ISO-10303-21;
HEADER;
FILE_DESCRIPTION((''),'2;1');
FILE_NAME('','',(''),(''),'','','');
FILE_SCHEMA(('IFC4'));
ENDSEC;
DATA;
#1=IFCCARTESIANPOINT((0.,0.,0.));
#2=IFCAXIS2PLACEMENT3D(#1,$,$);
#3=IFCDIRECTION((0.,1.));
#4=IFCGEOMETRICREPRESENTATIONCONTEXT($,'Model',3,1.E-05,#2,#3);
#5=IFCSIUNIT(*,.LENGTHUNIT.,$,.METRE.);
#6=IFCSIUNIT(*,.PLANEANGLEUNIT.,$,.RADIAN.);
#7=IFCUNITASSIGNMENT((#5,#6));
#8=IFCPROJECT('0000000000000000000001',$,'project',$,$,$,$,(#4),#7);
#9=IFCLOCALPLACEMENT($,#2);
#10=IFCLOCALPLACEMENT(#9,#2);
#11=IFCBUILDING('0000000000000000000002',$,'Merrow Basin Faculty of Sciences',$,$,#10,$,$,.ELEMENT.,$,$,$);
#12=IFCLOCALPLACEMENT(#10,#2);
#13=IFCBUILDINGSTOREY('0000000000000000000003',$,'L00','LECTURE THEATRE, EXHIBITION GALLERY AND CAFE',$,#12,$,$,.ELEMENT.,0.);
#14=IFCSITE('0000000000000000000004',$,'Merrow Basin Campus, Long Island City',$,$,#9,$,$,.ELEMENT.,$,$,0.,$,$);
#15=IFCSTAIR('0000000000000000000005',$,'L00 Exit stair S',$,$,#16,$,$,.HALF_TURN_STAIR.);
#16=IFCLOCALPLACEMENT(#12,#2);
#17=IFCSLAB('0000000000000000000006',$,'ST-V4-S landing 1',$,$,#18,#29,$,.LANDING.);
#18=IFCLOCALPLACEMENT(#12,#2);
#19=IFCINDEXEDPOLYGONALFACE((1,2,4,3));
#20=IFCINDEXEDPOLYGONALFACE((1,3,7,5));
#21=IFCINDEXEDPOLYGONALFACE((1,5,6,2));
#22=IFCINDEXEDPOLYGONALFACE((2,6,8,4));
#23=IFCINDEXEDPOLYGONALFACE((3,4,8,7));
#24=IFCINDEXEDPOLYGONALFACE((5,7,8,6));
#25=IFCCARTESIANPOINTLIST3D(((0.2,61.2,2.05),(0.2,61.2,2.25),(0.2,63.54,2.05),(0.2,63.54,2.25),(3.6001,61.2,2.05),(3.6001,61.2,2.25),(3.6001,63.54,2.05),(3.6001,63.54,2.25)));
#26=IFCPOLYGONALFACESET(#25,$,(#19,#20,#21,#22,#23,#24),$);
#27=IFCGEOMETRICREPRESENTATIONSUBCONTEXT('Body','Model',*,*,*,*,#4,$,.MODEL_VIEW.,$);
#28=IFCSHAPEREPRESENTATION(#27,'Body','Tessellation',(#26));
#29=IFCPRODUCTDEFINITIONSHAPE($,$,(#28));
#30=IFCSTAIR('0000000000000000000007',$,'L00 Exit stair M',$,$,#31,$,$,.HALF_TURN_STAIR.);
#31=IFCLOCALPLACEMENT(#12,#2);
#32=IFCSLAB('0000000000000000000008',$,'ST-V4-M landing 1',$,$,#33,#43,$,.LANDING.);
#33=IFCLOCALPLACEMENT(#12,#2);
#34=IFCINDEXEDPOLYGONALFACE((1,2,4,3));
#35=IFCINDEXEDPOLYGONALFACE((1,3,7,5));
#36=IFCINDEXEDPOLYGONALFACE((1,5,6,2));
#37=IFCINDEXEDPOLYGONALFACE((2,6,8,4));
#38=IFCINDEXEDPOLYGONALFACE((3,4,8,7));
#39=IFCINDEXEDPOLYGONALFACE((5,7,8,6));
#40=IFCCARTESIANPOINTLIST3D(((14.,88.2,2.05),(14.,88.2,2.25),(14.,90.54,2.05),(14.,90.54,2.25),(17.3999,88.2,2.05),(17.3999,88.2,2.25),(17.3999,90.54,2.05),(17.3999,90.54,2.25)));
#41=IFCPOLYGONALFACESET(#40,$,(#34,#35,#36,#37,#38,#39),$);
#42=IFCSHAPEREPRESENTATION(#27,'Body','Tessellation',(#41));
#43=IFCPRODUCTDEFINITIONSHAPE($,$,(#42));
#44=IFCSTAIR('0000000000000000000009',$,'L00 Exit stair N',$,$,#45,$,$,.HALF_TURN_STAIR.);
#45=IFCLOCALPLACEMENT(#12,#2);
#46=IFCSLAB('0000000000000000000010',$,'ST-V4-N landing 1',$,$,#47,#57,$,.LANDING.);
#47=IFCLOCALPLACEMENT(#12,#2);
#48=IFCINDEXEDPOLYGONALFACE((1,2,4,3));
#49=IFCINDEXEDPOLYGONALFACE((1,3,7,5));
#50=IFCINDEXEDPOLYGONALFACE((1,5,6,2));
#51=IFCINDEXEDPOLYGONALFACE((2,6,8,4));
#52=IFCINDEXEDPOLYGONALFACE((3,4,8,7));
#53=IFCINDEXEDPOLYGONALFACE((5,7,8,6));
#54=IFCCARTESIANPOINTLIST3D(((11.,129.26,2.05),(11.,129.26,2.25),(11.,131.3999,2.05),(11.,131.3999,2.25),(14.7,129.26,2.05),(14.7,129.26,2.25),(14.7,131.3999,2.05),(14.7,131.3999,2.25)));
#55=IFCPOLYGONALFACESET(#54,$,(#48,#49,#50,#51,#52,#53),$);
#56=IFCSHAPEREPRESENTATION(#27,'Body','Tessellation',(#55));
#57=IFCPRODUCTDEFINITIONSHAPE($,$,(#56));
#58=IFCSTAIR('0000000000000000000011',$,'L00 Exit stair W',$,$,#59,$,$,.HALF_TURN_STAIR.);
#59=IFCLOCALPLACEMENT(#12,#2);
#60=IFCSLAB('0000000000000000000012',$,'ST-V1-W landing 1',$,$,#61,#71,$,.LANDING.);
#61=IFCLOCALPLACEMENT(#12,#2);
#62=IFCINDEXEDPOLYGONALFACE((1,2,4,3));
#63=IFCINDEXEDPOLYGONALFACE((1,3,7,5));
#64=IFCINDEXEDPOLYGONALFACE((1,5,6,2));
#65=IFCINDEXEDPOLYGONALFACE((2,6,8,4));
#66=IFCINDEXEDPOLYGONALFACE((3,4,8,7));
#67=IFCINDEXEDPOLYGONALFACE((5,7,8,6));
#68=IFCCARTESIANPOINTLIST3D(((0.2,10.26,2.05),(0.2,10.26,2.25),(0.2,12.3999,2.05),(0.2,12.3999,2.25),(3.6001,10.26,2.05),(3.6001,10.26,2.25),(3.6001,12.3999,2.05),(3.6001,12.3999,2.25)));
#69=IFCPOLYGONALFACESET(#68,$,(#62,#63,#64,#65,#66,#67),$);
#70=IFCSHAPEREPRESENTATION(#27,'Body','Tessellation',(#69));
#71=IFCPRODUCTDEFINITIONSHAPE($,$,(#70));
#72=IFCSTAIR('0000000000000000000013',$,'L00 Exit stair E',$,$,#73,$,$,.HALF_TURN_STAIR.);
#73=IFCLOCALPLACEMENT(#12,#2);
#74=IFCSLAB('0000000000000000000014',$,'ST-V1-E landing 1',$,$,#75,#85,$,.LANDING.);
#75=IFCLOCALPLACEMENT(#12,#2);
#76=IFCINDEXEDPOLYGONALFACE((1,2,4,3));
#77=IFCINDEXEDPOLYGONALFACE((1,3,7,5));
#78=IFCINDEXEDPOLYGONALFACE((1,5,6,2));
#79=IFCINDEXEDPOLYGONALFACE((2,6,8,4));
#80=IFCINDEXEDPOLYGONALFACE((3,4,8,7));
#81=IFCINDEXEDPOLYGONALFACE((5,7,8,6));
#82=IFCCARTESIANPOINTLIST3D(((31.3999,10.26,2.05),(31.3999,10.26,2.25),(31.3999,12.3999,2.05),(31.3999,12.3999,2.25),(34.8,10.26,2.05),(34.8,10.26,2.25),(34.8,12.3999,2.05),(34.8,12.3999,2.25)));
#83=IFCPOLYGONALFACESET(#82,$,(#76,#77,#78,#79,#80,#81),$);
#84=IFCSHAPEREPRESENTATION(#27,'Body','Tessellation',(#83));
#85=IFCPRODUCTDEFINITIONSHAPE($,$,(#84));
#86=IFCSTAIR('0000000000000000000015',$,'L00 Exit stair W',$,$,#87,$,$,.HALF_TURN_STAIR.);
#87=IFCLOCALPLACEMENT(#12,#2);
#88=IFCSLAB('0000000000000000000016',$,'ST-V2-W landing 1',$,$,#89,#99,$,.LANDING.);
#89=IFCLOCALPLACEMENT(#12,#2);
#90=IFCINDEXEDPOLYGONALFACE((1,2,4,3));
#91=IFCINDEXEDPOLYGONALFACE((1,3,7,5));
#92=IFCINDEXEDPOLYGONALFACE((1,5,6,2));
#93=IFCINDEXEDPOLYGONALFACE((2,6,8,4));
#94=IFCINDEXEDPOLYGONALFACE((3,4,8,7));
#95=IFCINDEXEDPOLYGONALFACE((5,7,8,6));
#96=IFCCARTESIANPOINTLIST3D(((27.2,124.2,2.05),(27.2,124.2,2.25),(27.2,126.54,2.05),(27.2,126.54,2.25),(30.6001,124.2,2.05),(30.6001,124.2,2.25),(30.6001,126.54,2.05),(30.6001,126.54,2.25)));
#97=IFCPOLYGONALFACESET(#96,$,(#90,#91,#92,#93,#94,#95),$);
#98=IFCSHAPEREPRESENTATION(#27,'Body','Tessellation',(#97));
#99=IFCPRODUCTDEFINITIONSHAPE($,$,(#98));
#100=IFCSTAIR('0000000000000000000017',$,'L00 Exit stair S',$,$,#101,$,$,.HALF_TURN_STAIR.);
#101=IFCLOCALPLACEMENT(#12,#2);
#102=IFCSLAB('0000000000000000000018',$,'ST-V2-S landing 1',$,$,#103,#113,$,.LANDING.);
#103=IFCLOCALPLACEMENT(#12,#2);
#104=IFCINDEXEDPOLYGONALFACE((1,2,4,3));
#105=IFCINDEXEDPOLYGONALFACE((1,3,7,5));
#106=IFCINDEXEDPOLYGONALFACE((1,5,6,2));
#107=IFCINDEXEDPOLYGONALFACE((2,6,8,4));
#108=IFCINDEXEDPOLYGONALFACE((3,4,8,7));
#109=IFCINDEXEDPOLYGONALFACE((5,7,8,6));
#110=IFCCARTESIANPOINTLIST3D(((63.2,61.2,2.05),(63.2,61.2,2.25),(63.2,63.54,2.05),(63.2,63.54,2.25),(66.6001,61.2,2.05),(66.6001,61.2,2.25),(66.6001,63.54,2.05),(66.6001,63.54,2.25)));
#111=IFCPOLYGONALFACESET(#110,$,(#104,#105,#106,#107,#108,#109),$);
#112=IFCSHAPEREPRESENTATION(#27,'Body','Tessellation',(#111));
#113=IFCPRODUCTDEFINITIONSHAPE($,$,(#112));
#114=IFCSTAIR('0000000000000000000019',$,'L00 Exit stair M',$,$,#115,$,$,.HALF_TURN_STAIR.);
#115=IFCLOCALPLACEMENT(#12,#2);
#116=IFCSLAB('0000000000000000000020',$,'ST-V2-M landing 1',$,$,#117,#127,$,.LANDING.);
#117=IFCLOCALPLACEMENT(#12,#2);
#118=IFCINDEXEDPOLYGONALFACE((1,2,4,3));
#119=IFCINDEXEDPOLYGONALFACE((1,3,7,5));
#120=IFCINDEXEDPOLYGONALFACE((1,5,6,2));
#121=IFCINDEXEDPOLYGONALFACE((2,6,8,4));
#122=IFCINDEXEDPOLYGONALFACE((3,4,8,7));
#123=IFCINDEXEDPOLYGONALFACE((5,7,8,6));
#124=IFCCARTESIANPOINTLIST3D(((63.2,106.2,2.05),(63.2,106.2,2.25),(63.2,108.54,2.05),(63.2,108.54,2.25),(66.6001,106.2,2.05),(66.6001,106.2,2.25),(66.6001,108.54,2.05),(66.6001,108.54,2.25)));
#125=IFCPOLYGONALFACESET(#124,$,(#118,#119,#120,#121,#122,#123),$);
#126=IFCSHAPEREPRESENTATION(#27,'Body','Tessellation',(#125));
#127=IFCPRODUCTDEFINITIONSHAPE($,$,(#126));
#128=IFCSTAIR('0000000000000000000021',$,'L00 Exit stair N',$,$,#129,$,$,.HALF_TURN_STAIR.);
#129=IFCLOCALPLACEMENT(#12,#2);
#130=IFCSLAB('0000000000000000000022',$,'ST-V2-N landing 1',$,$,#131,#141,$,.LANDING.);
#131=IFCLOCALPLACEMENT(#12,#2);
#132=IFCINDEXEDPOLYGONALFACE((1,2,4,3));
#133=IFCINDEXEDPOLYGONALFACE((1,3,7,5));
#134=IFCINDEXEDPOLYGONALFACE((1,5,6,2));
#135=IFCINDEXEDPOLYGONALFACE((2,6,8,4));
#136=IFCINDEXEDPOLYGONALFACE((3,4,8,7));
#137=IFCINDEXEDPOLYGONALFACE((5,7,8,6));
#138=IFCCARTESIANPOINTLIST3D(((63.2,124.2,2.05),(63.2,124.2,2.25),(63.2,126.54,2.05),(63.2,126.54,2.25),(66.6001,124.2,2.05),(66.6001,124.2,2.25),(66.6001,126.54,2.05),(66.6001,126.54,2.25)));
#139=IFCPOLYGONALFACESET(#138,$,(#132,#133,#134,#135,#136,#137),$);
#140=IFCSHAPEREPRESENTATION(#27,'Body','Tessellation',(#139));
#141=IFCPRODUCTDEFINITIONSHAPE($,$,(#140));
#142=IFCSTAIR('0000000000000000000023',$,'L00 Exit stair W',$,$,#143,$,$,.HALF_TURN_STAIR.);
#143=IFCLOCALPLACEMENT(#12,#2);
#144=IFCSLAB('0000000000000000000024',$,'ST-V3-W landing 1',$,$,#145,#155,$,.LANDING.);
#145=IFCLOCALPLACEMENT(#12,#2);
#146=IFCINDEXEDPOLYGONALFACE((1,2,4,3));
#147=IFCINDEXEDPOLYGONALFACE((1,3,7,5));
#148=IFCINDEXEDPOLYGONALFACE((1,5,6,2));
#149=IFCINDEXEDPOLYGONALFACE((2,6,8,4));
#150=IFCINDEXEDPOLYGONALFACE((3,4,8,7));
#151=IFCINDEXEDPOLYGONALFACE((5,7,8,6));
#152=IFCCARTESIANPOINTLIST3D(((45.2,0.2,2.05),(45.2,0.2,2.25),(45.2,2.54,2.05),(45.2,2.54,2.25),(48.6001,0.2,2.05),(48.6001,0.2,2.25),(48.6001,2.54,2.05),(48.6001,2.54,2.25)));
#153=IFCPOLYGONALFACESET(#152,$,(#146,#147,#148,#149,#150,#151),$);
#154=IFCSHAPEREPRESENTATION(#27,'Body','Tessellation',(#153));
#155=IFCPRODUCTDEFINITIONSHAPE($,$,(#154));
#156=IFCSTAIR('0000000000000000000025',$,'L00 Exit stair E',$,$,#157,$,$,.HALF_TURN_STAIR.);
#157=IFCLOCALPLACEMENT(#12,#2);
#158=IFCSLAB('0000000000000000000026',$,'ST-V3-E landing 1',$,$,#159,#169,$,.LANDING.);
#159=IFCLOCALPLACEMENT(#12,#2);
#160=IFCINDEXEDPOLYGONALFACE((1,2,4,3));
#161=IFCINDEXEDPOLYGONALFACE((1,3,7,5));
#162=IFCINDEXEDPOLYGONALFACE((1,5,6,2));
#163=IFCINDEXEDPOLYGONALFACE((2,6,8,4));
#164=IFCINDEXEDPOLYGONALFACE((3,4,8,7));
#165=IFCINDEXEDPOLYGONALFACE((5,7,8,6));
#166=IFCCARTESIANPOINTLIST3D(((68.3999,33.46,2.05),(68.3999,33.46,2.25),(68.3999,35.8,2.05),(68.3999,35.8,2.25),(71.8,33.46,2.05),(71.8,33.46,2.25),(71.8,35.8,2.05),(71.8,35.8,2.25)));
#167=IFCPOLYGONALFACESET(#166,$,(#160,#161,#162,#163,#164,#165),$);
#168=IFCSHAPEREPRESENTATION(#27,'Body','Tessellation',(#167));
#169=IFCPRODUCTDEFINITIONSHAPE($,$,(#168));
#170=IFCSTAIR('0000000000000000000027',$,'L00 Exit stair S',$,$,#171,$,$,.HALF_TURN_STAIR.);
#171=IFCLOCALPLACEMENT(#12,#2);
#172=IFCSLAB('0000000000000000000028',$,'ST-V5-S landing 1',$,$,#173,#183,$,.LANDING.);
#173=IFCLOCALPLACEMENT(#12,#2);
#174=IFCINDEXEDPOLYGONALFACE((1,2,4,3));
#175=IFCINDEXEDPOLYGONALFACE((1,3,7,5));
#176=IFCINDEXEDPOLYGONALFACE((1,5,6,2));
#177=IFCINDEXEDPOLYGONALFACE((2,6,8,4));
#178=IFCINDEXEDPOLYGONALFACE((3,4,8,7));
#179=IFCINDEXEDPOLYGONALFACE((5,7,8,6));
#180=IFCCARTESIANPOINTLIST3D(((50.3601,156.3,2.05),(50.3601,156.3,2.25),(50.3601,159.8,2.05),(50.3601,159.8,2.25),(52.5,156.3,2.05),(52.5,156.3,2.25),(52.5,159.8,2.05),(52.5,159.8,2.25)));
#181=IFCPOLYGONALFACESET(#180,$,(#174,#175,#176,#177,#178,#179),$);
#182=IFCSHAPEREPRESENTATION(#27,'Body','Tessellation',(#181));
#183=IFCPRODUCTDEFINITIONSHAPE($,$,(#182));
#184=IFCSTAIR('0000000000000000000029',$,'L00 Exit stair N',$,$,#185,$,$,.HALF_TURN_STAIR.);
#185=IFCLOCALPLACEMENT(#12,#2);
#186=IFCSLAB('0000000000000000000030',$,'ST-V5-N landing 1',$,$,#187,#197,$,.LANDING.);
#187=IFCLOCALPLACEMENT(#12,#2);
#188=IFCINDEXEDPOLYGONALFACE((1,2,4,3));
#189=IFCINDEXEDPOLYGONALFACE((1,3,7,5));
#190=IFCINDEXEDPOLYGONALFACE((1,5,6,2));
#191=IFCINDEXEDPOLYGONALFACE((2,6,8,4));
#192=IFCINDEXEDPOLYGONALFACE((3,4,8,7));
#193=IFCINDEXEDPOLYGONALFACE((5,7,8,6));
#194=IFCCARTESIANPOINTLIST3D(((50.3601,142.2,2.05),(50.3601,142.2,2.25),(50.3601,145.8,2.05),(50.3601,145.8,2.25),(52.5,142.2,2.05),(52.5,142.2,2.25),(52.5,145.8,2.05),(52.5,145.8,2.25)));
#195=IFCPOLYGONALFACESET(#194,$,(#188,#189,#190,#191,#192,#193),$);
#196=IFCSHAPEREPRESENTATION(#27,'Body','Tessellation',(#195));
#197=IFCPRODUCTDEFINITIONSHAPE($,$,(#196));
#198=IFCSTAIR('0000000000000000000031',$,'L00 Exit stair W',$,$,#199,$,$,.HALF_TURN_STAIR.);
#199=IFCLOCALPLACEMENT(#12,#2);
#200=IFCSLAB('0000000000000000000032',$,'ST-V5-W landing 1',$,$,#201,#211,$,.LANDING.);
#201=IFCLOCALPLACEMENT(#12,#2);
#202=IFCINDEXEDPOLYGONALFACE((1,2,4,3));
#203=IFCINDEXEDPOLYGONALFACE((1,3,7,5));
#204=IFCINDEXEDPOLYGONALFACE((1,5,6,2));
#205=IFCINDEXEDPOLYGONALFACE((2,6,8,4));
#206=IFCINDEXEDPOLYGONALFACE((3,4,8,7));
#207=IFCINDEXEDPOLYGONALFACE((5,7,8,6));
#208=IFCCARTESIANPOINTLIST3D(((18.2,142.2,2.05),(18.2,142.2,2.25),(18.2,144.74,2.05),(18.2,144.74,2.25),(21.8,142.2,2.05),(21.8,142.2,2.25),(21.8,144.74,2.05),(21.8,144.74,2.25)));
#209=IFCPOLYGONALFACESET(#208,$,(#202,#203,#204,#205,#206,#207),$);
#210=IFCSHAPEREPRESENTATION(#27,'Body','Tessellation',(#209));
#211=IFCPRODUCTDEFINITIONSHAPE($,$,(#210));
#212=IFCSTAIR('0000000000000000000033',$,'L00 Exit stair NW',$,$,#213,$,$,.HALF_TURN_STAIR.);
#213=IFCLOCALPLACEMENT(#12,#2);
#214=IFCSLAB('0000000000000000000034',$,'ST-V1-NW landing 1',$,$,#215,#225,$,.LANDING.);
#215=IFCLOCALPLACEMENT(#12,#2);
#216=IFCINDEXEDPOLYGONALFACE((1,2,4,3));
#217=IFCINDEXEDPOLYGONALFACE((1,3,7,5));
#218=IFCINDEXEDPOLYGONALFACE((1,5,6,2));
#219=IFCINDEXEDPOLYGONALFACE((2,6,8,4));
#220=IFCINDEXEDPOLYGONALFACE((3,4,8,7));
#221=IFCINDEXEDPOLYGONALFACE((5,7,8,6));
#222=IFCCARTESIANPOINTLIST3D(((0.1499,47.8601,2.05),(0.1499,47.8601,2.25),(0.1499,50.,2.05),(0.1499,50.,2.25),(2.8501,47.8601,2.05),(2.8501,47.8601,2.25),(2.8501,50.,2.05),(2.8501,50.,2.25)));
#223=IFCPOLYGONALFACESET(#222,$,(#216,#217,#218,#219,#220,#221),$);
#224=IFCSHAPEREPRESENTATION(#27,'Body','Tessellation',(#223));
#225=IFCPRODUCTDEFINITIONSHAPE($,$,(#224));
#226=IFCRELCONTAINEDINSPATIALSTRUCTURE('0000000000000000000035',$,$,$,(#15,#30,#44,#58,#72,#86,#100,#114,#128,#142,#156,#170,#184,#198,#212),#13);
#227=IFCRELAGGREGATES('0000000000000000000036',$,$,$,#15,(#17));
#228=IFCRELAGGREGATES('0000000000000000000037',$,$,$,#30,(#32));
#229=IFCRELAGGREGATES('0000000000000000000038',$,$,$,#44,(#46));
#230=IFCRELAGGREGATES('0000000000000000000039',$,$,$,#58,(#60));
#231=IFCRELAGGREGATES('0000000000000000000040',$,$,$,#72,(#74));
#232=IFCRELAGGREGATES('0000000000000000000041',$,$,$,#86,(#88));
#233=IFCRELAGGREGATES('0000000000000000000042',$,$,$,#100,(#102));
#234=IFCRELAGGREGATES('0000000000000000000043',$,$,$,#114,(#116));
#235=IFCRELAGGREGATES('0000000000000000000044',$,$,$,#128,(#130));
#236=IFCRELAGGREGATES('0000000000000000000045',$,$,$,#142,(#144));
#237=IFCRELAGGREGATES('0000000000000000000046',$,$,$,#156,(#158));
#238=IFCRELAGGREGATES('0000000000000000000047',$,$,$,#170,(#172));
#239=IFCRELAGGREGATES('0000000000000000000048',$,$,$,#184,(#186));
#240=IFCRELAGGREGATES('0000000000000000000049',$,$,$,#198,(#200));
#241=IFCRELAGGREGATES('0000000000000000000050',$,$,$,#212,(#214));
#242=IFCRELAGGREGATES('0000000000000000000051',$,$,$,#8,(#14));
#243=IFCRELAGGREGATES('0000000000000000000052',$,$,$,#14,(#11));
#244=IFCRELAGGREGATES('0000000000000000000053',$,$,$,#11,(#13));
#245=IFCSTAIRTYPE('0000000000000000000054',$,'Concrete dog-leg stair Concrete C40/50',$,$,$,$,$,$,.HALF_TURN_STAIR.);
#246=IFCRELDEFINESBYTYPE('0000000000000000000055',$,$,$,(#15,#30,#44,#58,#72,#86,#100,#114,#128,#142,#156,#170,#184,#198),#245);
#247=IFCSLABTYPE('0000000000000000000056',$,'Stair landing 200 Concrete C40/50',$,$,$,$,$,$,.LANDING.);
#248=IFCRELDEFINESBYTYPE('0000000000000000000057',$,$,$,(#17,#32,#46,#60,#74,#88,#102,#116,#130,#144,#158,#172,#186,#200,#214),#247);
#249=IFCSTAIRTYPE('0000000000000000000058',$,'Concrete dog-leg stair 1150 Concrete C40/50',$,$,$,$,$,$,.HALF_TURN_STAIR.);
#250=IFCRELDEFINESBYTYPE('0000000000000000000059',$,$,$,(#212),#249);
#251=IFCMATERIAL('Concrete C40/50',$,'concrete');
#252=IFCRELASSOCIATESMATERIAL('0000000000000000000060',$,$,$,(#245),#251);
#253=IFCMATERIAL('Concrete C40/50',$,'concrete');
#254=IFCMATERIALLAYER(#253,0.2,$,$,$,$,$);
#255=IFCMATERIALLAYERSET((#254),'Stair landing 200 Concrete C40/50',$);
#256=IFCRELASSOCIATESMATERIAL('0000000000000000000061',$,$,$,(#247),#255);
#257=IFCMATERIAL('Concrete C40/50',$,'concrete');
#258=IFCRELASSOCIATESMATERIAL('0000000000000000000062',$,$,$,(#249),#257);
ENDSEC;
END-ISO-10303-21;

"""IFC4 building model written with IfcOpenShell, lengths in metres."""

from ifc_helpers import new_model, si_unit, direction, frame, origin, place, context, subcontext, project, spatial, polyline, outline, extrude, material, layer, layer_set, type_object, element, aggregate, save


model = new_model("IFC4")

# Units and contexts
model_context = context("Model", 3, precision=1e-05, world=origin(), true_north=direction((0.0, 1.0)))
body_context = subcontext(model_context, "Body", "Model", "MODEL_VIEW")
ifc_project = project(units=[si_unit("LENGTHUNIT", "METRE"), si_unit("PLANEANGLEUNIT", "RADIAN")], contexts=[model_context])

# Site, building, storey
site_placement = place(None, origin())
site = spatial("IfcSite", under=ifc_project, at=site_placement, Name="Merrow Basin Campus, Long Island City", CompositionType="ELEMENT", RefElevation=0.0)
building_placement = place(site_placement, origin())
building = spatial("IfcBuilding", under=site, at=building_placement, Name="Merrow Basin Faculty of Sciences", CompositionType="ELEMENT")
storey_placement = place(building_placement, origin())
storey = spatial("IfcBuildingStorey", under=building, at=storey_placement, Name="L00", Description="LECTURE THEATRE, EXHIBITION GALLERY AND CAFE", CompositionType="ELEMENT", Elevation=0.0)

# Stairs, slabs
ifc_material_1 = material(Name="Concrete C40/50", Category="concrete")
stair_type_1 = type_object("IfcStairType", Name="Concrete dog-leg stair Concrete C40/50", PredefinedType="HALF_TURN_STAIR", material=ifc_material_1)
stair_1_placement = place(storey_placement, origin())
stair_1 = element("IfcStair", 1, at=stair_1_placement, inside=storey, type_object=stair_type_1, Name="L00 Exit stair S", PredefinedType="HALF_TURN_STAIR")
ifc_material_2 = material(Name="Concrete C40/50", Category="concrete")
ifc_layer_1 = layer(ifc_material_2, 0.2)
ifc_layer_set_1 = layer_set([ifc_layer_1], Name="Stair landing 200 Concrete C40/50")
slab_type = type_object("IfcSlabType", Name="Stair landing 200 Concrete C40/50", PredefinedType="LANDING", material=ifc_layer_set_1)
slab_1_placement = place(storey_placement, frame((0.0, 0.0, 2.05)))
slab_1 = element("IfcSlab", 2, at=slab_1_placement, type_object=slab_type, Name="ST-V4-S landing 1", PredefinedType="LANDING", context=body_context, shape_type="SweptSolid", body=[
    extrude(outline(polyline([(0.2, 61.2), (3.6001, 61.2), (3.6001, 63.54), (0.2, 63.54), (0.2, 61.2)])), origin(), (0.0, 0.0, 1.0), 0.2),
])
aggregate(stair_1, [slab_1])
stair_2_placement = place(storey_placement, origin())
stair_2 = element("IfcStair", 3, at=stair_2_placement, inside=storey, type_object=stair_type_1, Name="L00 Exit stair M", PredefinedType="HALF_TURN_STAIR")
slab_2_placement = place(storey_placement, frame((0.0, 0.0, 2.05)))
slab_2 = element("IfcSlab", 4, at=slab_2_placement, type_object=slab_type, Name="ST-V4-M landing 1", PredefinedType="LANDING", context=body_context, shape_type="SweptSolid", body=[
    extrude(outline(polyline([(14.0, 88.2), (17.3999, 88.2), (17.3999, 90.54), (14.0, 90.54), (14.0, 88.2)])), origin(), (0.0, 0.0, 1.0), 0.2),
])
aggregate(stair_2, [slab_2])
stair_3_placement = place(storey_placement, origin())
stair_3 = element("IfcStair", 5, at=stair_3_placement, inside=storey, type_object=stair_type_1, Name="L00 Exit stair N", PredefinedType="HALF_TURN_STAIR")
slab_3_placement = place(storey_placement, frame((0.0, 0.0, 2.05)))
slab_3 = element("IfcSlab", 6, at=slab_3_placement, type_object=slab_type, Name="ST-V4-N landing 1", PredefinedType="LANDING", context=body_context, shape_type="SweptSolid", body=[
    extrude(outline(polyline([(11.0, 129.26), (14.7, 129.26), (14.7, 131.3999), (11.0, 131.3999), (11.0, 129.26)])), origin(), (0.0, 0.0, 1.0), 0.2),
])
aggregate(stair_3, [slab_3])
stair_4_placement = place(storey_placement, origin())
stair_4 = element("IfcStair", 7, at=stair_4_placement, inside=storey, type_object=stair_type_1, Name="L00 Exit stair W", PredefinedType="HALF_TURN_STAIR")
slab_4_placement = place(storey_placement, frame((0.0, 0.0, 2.05)))
slab_4 = element("IfcSlab", 8, at=slab_4_placement, type_object=slab_type, Name="ST-V1-W landing 1", PredefinedType="LANDING", context=body_context, shape_type="SweptSolid", body=[
    extrude(outline(polyline([(0.2, 10.26), (3.6001, 10.26), (3.6001, 12.3999), (0.2, 12.3999), (0.2, 10.26)])), origin(), (0.0, 0.0, 1.0), 0.2),
])
aggregate(stair_4, [slab_4])
stair_5_placement = place(storey_placement, origin())
stair_5 = element("IfcStair", 9, at=stair_5_placement, inside=storey, type_object=stair_type_1, Name="L00 Exit stair E", PredefinedType="HALF_TURN_STAIR")
slab_5_placement = place(storey_placement, frame((0.0, 0.0, 2.05)))
slab_5 = element("IfcSlab", 10, at=slab_5_placement, type_object=slab_type, Name="ST-V1-E landing 1", PredefinedType="LANDING", context=body_context, shape_type="SweptSolid", body=[
    extrude(outline(polyline([(31.3999, 10.26), (34.8, 10.26), (34.8, 12.3999), (31.3999, 12.3999), (31.3999, 10.26)])), origin(), (0.0, 0.0, 1.0), 0.2),
])
aggregate(stair_5, [slab_5])
stair_6_placement = place(storey_placement, origin())
stair_6 = element("IfcStair", 11, at=stair_6_placement, inside=storey, type_object=stair_type_1, Name="L00 Exit stair W", PredefinedType="HALF_TURN_STAIR")
slab_6_placement = place(storey_placement, frame((0.0, 0.0, 2.05)))
slab_6 = element("IfcSlab", 12, at=slab_6_placement, type_object=slab_type, Name="ST-V2-W landing 1", PredefinedType="LANDING", context=body_context, shape_type="SweptSolid", body=[
    extrude(outline(polyline([(27.2, 124.2), (30.6001, 124.2), (30.6001, 126.54), (27.2, 126.54), (27.2, 124.2)])), origin(), (0.0, 0.0, 1.0), 0.2),
])
aggregate(stair_6, [slab_6])
stair_7_placement = place(storey_placement, origin())
stair_7 = element("IfcStair", 13, at=stair_7_placement, inside=storey, type_object=stair_type_1, Name="L00 Exit stair S", PredefinedType="HALF_TURN_STAIR")
slab_7_placement = place(storey_placement, frame((0.0, 0.0, 2.05)))
slab_7 = element("IfcSlab", 14, at=slab_7_placement, type_object=slab_type, Name="ST-V2-S landing 1", PredefinedType="LANDING", context=body_context, shape_type="SweptSolid", body=[
    extrude(outline(polyline([(63.2, 61.2), (66.6001, 61.2), (66.6001, 63.54), (63.2, 63.54), (63.2, 61.2)])), origin(), (0.0, 0.0, 1.0), 0.2),
])
aggregate(stair_7, [slab_7])
stair_8_placement = place(storey_placement, origin())
stair_8 = element("IfcStair", 15, at=stair_8_placement, inside=storey, type_object=stair_type_1, Name="L00 Exit stair M", PredefinedType="HALF_TURN_STAIR")
slab_8_placement = place(storey_placement, frame((0.0, 0.0, 2.05)))
slab_8 = element("IfcSlab", 16, at=slab_8_placement, type_object=slab_type, Name="ST-V2-M landing 1", PredefinedType="LANDING", context=body_context, shape_type="SweptSolid", body=[
    extrude(outline(polyline([(63.2, 106.2), (66.6001, 106.2), (66.6001, 108.54), (63.2, 108.54), (63.2, 106.2)])), origin(), (0.0, 0.0, 1.0), 0.2),
])
aggregate(stair_8, [slab_8])
stair_9_placement = place(storey_placement, origin())
stair_9 = element("IfcStair", 17, at=stair_9_placement, inside=storey, type_object=stair_type_1, Name="L00 Exit stair N", PredefinedType="HALF_TURN_STAIR")
slab_9_placement = place(storey_placement, frame((0.0, 0.0, 2.05)))
slab_9 = element("IfcSlab", 18, at=slab_9_placement, type_object=slab_type, Name="ST-V2-N landing 1", PredefinedType="LANDING", context=body_context, shape_type="SweptSolid", body=[
    extrude(outline(polyline([(63.2, 124.2), (66.6001, 124.2), (66.6001, 126.54), (63.2, 126.54), (63.2, 124.2)])), origin(), (0.0, 0.0, 1.0), 0.2),
])
aggregate(stair_9, [slab_9])
stair_10_placement = place(storey_placement, origin())
stair_10 = element("IfcStair", 19, at=stair_10_placement, inside=storey, type_object=stair_type_1, Name="L00 Exit stair W", PredefinedType="HALF_TURN_STAIR")
slab_10_placement = place(storey_placement, frame((0.0, 0.0, 2.05)))
slab_10 = element("IfcSlab", 20, at=slab_10_placement, type_object=slab_type, Name="ST-V3-W landing 1", PredefinedType="LANDING", context=body_context, shape_type="SweptSolid", body=[
    extrude(outline(polyline([(45.2, 0.2), (48.6001, 0.2), (48.6001, 2.54), (45.2, 2.54), (45.2, 0.2)])), origin(), (0.0, 0.0, 1.0), 0.2),
])
aggregate(stair_10, [slab_10])
stair_11_placement = place(storey_placement, origin())
stair_11 = element("IfcStair", 21, at=stair_11_placement, inside=storey, type_object=stair_type_1, Name="L00 Exit stair E", PredefinedType="HALF_TURN_STAIR")
slab_11_placement = place(storey_placement, frame((0.0, 0.0, 2.05)))
slab_11 = element("IfcSlab", 22, at=slab_11_placement, type_object=slab_type, Name="ST-V3-E landing 1", PredefinedType="LANDING", context=body_context, shape_type="SweptSolid", body=[
    extrude(outline(polyline([(68.3999, 33.46), (71.8, 33.46), (71.8, 35.8), (68.3999, 35.8), (68.3999, 33.46)])), origin(), (0.0, 0.0, 1.0), 0.2),
])
aggregate(stair_11, [slab_11])
stair_12_placement = place(storey_placement, origin())
stair_12 = element("IfcStair", 23, at=stair_12_placement, inside=storey, type_object=stair_type_1, Name="L00 Exit stair S", PredefinedType="HALF_TURN_STAIR")
slab_12_placement = place(storey_placement, frame((0.0, 0.0, 2.05)))
slab_12 = element("IfcSlab", 24, at=slab_12_placement, type_object=slab_type, Name="ST-V5-S landing 1", PredefinedType="LANDING", context=body_context, shape_type="SweptSolid", body=[
    extrude(outline(polyline([(50.3601, 156.3), (52.5, 156.3), (52.5, 159.8), (50.3601, 159.8), (50.3601, 156.3)])), origin(), (0.0, 0.0, 1.0), 0.2),
])
aggregate(stair_12, [slab_12])
stair_13_placement = place(storey_placement, origin())
stair_13 = element("IfcStair", 25, at=stair_13_placement, inside=storey, type_object=stair_type_1, Name="L00 Exit stair N", PredefinedType="HALF_TURN_STAIR")
slab_13_placement = place(storey_placement, frame((0.0, 0.0, 2.05)))
slab_13 = element("IfcSlab", 26, at=slab_13_placement, type_object=slab_type, Name="ST-V5-N landing 1", PredefinedType="LANDING", context=body_context, shape_type="SweptSolid", body=[
    extrude(outline(polyline([(50.3601, 142.2), (52.5, 142.2), (52.5, 145.8), (50.3601, 145.8), (50.3601, 142.2)])), origin(), (0.0, 0.0, 1.0), 0.2),
])
aggregate(stair_13, [slab_13])
stair_14_placement = place(storey_placement, origin())
stair_14 = element("IfcStair", 27, at=stair_14_placement, inside=storey, type_object=stair_type_1, Name="L00 Exit stair W", PredefinedType="HALF_TURN_STAIR")
slab_14_placement = place(storey_placement, frame((0.0, 0.0, 2.05)))
slab_14 = element("IfcSlab", 28, at=slab_14_placement, type_object=slab_type, Name="ST-V5-W landing 1", PredefinedType="LANDING", context=body_context, shape_type="SweptSolid", body=[
    extrude(outline(polyline([(18.2, 142.2), (21.8, 142.2), (21.8, 144.74), (18.2, 144.74), (18.2, 142.2)])), origin(), (0.0, 0.0, 1.0), 0.2),
])
aggregate(stair_14, [slab_14])
ifc_material_3 = material(Name="Concrete C40/50", Category="concrete")
stair_type_2 = type_object("IfcStairType", Name="Concrete dog-leg stair 1150 Concrete C40/50", PredefinedType="HALF_TURN_STAIR", material=ifc_material_3)
stair_15_placement = place(storey_placement, origin())
stair_15 = element("IfcStair", 29, at=stair_15_placement, inside=storey, type_object=stair_type_2, Name="L00 Exit stair NW", PredefinedType="HALF_TURN_STAIR")
slab_15_placement = place(storey_placement, frame((0.0, 0.0, 2.05)))
slab_15 = element("IfcSlab", 30, at=slab_15_placement, type_object=slab_type, Name="ST-V1-NW landing 1", PredefinedType="LANDING", context=body_context, shape_type="SweptSolid", body=[
    extrude(outline(polyline([(0.1499, 47.8601), (2.8501, 47.8601), (2.8501, 50.0), (0.1499, 50.0), (0.1499, 47.8601)])), origin(), (0.0, 0.0, 1.0), 0.2),
])
aggregate(stair_15, [slab_15])

save(model, "model.ifc")
